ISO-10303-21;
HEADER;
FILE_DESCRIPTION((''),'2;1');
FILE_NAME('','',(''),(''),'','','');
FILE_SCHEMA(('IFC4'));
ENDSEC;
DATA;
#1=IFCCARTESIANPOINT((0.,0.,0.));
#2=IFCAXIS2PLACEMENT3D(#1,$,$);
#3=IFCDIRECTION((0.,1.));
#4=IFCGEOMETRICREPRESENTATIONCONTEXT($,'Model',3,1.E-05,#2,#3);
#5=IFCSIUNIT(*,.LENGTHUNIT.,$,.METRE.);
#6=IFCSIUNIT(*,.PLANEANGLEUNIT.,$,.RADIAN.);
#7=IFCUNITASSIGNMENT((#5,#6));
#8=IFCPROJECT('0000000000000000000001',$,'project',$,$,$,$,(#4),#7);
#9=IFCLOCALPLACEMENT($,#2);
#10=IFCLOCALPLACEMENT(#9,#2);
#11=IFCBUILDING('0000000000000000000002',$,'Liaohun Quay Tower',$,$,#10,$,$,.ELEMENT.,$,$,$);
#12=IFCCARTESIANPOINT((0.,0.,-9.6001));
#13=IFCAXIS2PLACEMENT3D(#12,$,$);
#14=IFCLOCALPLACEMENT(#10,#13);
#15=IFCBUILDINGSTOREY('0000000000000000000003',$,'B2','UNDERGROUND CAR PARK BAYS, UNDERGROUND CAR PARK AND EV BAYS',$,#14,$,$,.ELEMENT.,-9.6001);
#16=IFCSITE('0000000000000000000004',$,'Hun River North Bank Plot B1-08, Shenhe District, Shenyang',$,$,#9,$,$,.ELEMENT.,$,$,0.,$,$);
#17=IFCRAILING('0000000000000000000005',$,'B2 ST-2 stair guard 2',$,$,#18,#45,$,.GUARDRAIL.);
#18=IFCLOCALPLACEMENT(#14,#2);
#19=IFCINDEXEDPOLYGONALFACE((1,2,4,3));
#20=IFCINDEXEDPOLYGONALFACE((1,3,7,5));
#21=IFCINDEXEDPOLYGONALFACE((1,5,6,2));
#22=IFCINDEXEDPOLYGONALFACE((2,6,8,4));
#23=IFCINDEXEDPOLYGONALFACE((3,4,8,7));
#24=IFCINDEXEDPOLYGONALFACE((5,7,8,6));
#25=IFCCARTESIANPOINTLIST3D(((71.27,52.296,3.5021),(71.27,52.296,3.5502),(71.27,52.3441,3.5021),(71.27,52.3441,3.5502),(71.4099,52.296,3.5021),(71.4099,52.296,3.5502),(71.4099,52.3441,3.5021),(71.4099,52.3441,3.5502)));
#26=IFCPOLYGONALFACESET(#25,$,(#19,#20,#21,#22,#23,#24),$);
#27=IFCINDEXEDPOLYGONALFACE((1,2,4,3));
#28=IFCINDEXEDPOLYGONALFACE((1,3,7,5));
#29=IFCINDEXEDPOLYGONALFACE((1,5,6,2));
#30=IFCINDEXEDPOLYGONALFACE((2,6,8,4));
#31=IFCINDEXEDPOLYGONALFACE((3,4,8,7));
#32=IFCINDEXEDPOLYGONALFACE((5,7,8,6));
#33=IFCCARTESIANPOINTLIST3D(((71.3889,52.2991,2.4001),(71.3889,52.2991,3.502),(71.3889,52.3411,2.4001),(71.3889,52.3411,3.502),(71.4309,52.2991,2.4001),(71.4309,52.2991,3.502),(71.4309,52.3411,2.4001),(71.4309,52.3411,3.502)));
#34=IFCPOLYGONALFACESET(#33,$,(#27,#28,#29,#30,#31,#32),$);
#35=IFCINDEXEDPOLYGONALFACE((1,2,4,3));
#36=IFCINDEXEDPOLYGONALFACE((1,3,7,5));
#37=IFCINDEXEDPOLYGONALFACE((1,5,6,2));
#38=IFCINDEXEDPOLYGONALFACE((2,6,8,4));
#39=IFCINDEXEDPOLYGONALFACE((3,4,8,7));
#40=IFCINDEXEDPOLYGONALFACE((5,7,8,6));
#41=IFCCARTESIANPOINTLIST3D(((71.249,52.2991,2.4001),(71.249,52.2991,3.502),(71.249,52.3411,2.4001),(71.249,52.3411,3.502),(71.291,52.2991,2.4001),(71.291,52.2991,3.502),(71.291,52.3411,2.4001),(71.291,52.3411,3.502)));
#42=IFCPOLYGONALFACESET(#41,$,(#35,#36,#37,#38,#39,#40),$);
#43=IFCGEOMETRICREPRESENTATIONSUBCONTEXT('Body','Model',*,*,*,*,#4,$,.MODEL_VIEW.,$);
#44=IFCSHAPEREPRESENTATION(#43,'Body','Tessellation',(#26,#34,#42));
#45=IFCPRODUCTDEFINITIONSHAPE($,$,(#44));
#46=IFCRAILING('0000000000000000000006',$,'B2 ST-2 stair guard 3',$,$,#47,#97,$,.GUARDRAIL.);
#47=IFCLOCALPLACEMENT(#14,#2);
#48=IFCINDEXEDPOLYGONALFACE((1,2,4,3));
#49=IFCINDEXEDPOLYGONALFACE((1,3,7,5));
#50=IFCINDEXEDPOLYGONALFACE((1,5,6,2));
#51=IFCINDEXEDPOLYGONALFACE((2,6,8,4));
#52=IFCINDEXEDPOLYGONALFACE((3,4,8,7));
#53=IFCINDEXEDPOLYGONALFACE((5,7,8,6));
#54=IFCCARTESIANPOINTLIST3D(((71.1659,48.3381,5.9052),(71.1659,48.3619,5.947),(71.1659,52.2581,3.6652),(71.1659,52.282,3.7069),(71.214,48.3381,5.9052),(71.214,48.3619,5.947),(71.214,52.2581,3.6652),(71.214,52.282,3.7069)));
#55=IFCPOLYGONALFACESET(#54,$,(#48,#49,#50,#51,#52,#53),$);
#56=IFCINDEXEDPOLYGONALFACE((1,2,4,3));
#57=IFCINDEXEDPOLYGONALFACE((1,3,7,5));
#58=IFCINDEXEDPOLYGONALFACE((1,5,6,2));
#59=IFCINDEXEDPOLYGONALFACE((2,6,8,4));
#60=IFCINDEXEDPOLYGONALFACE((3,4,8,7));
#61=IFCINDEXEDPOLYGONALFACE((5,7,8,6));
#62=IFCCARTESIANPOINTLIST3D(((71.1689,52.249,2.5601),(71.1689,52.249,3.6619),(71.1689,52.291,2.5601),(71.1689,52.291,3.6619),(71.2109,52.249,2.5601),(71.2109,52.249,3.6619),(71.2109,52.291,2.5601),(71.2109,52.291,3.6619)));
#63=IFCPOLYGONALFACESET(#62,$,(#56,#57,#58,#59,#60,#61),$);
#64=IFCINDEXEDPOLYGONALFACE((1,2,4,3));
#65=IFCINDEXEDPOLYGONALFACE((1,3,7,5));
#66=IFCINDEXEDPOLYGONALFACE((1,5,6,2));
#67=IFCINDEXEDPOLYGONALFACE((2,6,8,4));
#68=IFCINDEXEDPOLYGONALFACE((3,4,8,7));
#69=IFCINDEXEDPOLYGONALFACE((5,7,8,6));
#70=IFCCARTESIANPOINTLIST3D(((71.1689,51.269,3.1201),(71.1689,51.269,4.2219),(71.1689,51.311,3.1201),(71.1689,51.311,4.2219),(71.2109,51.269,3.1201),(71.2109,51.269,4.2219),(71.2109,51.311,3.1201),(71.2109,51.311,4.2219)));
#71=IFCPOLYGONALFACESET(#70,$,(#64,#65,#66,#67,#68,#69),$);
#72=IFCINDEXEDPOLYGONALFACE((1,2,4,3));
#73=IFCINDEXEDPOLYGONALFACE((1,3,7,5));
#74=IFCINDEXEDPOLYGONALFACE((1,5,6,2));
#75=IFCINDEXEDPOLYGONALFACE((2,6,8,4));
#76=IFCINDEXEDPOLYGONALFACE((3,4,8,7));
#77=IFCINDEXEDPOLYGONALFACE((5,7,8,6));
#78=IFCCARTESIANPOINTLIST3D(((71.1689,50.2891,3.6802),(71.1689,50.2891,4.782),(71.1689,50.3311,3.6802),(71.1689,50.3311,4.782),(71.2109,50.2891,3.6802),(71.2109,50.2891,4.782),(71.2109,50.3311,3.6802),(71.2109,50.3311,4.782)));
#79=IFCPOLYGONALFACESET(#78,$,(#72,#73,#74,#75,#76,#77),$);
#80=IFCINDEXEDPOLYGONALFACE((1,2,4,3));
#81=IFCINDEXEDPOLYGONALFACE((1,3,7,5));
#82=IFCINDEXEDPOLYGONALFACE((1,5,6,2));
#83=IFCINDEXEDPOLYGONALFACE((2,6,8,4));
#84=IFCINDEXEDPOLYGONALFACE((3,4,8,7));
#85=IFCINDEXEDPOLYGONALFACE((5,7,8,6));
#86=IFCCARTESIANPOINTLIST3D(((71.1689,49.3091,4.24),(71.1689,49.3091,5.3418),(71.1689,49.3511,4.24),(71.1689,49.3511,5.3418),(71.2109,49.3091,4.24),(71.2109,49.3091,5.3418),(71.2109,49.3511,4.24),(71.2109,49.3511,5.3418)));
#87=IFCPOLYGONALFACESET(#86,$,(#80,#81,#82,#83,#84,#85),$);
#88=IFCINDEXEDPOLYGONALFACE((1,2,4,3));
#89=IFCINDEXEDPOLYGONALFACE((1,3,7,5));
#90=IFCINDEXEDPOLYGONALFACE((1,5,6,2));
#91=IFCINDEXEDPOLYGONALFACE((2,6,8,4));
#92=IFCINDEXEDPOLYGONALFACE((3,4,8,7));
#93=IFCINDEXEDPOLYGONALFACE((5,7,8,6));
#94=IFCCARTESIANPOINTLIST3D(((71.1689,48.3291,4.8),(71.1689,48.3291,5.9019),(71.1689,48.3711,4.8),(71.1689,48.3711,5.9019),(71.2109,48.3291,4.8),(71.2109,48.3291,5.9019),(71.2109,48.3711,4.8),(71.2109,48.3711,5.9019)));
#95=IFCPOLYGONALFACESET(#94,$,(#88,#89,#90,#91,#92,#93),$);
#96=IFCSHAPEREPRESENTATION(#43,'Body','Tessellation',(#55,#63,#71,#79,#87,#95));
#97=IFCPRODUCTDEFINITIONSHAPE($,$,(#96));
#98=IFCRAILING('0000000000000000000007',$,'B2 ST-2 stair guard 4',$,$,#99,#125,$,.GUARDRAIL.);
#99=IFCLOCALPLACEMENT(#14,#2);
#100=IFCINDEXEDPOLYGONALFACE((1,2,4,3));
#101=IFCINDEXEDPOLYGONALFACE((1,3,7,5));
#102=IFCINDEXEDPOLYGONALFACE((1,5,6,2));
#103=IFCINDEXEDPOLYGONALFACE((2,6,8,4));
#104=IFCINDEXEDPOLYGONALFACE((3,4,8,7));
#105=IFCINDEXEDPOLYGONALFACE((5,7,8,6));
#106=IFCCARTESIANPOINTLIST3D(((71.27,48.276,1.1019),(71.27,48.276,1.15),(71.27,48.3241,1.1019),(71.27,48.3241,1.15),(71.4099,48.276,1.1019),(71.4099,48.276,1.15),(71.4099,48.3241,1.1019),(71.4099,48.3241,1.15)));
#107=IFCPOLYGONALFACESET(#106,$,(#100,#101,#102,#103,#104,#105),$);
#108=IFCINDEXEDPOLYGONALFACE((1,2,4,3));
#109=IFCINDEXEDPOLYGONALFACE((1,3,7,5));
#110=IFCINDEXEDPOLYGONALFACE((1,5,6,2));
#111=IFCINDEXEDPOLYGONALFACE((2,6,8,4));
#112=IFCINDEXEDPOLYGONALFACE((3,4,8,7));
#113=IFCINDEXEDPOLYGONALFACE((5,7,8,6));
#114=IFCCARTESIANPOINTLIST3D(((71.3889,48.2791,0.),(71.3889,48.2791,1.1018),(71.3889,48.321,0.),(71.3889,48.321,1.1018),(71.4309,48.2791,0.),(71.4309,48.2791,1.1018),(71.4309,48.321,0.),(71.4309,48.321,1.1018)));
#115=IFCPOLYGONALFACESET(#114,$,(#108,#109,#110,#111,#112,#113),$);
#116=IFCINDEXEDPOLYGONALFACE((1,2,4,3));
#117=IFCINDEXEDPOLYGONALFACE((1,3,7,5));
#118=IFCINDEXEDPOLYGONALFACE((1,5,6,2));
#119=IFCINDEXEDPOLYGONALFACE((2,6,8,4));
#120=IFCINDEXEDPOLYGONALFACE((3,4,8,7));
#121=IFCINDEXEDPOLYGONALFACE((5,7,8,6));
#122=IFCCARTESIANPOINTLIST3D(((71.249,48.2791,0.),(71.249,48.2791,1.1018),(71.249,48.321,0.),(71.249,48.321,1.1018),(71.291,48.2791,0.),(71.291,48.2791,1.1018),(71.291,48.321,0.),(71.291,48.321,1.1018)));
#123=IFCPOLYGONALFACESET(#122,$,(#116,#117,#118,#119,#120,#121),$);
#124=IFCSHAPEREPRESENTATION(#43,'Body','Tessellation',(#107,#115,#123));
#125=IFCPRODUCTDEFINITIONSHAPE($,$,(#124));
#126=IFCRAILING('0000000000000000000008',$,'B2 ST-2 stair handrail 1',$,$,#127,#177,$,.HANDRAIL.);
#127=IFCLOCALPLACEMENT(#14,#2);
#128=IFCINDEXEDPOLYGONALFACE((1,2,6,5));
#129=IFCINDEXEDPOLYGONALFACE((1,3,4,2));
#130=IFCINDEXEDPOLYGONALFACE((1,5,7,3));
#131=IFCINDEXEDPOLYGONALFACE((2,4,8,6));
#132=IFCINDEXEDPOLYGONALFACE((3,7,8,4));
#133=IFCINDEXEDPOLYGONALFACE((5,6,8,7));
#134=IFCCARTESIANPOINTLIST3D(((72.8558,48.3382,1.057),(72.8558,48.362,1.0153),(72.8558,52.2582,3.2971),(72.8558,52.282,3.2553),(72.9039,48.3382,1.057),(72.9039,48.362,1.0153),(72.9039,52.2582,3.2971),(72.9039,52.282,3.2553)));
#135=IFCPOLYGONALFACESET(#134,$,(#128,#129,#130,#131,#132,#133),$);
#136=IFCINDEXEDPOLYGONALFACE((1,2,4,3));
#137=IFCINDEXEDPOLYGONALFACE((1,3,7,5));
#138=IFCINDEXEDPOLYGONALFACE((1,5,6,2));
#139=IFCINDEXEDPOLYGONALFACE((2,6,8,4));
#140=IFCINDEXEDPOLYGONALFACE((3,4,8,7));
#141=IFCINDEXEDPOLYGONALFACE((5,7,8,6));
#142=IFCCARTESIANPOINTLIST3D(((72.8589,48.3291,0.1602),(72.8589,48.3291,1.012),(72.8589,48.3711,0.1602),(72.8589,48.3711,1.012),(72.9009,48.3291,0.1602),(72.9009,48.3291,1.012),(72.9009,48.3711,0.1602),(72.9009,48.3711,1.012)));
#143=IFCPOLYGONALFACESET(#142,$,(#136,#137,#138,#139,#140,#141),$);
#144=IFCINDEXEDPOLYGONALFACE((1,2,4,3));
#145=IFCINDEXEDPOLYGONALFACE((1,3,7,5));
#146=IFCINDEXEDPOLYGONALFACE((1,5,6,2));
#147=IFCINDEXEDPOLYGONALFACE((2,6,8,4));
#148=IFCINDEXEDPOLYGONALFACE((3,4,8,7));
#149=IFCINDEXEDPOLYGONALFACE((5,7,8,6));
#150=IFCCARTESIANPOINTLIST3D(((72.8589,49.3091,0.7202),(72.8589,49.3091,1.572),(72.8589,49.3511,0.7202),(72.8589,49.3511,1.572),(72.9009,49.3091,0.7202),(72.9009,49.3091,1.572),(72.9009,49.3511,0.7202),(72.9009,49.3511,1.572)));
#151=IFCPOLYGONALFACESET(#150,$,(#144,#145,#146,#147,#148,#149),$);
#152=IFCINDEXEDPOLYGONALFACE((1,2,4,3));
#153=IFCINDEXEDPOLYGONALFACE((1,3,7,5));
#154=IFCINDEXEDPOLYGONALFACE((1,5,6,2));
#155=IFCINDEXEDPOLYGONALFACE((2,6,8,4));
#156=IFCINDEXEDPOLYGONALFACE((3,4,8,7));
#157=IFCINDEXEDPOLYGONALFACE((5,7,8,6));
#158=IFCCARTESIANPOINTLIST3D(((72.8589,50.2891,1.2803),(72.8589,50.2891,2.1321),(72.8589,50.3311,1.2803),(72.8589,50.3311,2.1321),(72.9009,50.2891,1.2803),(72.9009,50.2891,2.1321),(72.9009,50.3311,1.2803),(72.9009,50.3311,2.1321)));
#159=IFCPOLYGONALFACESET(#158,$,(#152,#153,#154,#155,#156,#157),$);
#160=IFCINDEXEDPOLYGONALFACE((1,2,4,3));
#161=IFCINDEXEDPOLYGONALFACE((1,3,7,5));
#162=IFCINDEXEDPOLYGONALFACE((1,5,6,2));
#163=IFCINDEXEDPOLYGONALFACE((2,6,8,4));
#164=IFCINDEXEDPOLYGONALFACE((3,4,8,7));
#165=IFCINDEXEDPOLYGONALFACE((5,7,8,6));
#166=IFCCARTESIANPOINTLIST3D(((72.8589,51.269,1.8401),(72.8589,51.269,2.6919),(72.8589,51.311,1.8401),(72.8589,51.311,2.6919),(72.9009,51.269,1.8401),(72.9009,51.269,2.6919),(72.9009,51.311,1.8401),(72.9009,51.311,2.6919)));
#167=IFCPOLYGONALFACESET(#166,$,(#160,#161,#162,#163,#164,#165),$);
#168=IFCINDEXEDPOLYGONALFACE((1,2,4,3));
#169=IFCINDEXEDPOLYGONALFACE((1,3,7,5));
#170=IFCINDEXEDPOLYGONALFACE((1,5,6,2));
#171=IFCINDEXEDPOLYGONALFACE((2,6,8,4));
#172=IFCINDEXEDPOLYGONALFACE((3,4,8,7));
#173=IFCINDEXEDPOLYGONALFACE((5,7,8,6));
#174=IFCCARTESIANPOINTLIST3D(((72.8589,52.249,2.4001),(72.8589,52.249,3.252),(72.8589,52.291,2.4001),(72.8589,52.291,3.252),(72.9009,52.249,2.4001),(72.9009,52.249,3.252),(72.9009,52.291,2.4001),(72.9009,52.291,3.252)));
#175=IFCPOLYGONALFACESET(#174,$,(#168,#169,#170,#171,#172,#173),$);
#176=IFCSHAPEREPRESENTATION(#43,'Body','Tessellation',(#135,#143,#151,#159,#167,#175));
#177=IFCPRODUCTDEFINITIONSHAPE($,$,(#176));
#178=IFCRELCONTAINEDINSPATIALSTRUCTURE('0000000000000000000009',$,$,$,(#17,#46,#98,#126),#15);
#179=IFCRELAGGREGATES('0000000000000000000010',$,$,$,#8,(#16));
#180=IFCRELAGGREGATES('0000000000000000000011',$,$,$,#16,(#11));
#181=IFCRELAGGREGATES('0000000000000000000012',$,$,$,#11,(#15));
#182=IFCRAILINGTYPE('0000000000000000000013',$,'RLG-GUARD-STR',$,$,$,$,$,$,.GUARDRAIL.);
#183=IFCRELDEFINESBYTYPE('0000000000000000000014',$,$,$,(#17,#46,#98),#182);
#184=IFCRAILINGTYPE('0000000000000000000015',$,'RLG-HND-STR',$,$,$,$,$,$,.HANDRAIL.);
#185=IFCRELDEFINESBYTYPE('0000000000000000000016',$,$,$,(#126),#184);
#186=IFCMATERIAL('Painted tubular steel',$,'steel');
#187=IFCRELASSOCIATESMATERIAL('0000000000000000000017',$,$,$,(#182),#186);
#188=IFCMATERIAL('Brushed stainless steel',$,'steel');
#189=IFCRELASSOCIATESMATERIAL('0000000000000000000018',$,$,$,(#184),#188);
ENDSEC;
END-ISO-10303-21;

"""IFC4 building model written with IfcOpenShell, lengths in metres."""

from ifc_helpers import new_model, si_unit, direction, frame, origin, origin_2d, place, context, subcontext, project, spatial, rectangle, extrude, material, type_object, element, save


model = new_model("IFC4")

# Units and contexts
model_context = context("Model", 3, precision=1e-05, world=origin(), true_north=direction((0.0, 1.0)))
body_context = subcontext(model_context, "Body", "Model", "MODEL_VIEW")
ifc_project = project(units=[si_unit("LENGTHUNIT", "METRE"), si_unit("PLANEANGLEUNIT", "RADIAN")], contexts=[model_context])

# Site, building, storey
site_placement = place(None, origin())
site = spatial("IfcSite", under=ifc_project, at=site_placement, Name="Hun River North Bank Plot B1-08, Shenhe District, Shenyang", CompositionType="ELEMENT", RefElevation=0.0)
building_placement = place(site_placement, origin())
building = spatial("IfcBuilding", under=site, at=building_placement, Name="Liaohun Quay Tower", CompositionType="ELEMENT")
storey_placement = place(building_placement, frame((0.0, 0.0, -9.6001)))
storey = spatial("IfcBuildingStorey", under=building, at=storey_placement, Name="B2", Description="UNDERGROUND CAR PARK BAYS, UNDERGROUND CAR PARK AND EV BAYS", CompositionType="ELEMENT", Elevation=-9.6001)

# Railings
ifc_material_1 = material(Name="Painted tubular steel", Category="steel")
railing_type_1 = type_object("IfcRailingType", Name="RLG-GUARD-STR", PredefinedType="GUARDRAIL", material=ifc_material_1)
railing_1_placement = place(storey_placement, frame((71.4099, 52.3201, 2.4001)))
element("IfcRailing", 1, at=railing_1_placement, inside=storey, type_object=railing_type_1, Name="B2 ST-2 stair guard 2", PredefinedType="GUARDRAIL", context=body_context, shape_type="SweptSolid", body=[
    extrude(rectangle(XDim=0.0481, YDim=0.0481, at=origin_2d()), frame((0.0, 0.0, 1.126), z_axis=(-1.0, 0.0, 0.0), x_axis=(0.0, -1.0, 0.0)), (0.0, 0.0, 1.0), 0.1399),
    extrude(rectangle(XDim=0.042, YDim=0.042, at=origin_2d()), origin(), (0.0, 0.0, 1.0), 1.1018),
    extrude(rectangle(XDim=0.042, YDim=0.042, at=origin_2d()), frame((-0.1399, 0.0, 0.0)), (0.0, 0.0, 1.0), 1.1018),
])
railing_2_placement = place(storey_placement, frame((71.1899, 52.27, 2.5601)))
element("IfcRailing", 2, at=railing_2_placement, inside=storey, type_object=railing_type_1, Name="B2 ST-2 stair guard 3", PredefinedType="GUARDRAIL", context=body_context, shape_type="SweptSolid", body=[
    extrude(rectangle(XDim=0.0481, YDim=0.0481, at=origin_2d()), frame((0.0, 0.0, 1.126), z_axis=(0.0, -0.86824, 0.496145), x_axis=(1.0, 0.0, 0.0)), (0.0, 0.0, 1.0), 4.5149),
    extrude(rectangle(XDim=0.042, YDim=0.042, at=origin_2d()), origin(), (0.0, 0.0, 1.0), 1.1018),
    extrude(rectangle(XDim=0.042, YDim=0.042, at=origin_2d()), frame((0.0, -0.98, 0.5601)), (0.0, 0.0, 1.0), 1.1018),
    extrude(rectangle(XDim=0.042, YDim=0.042, at=origin_2d()), frame((0.0, -1.96, 1.1201)), (0.0, 0.0, 1.0), 1.1018),
    extrude(rectangle(XDim=0.042, YDim=0.042, at=origin_2d()), frame((0.0, -2.9399, 1.6799)), (0.0, 0.0, 1.0), 1.1018),
    extrude(rectangle(XDim=0.042, YDim=0.042, at=origin_2d()), frame((0.0, -3.9199, 2.24)), (0.0, 0.0, 1.0), 1.1018),
])
railing_3_placement = place(storey_placement, frame((71.4099, 48.3, 0.0)))
element("IfcRailing", 3, at=railing_3_placement, inside=storey, type_object=railing_type_1, Name="B2 ST-2 stair guard 4", PredefinedType="GUARDRAIL", context=body_context, shape_type="SweptSolid", body=[
    extrude(rectangle(XDim=0.0481, YDim=0.0481, at=origin_2d()), frame((0.0, 0.0, 1.126), z_axis=(-1.0, 0.0, 0.0), x_axis=(0.0, -1.0, 0.0)), (0.0, 0.0, 1.0), 0.1399),
    extrude(rectangle(XDim=0.042, YDim=0.042, at=origin_2d()), origin(), (0.0, 0.0, 1.0), 1.1018),
    extrude(rectangle(XDim=0.042, YDim=0.042, at=origin_2d()), frame((-0.1399, 0.0, 0.0)), (0.0, 0.0, 1.0), 1.1018),
])
ifc_material_2 = material(Name="Brushed stainless steel", Category="steel")
railing_type_2 = type_object("IfcRailingType", Name="RLG-HND-STR", PredefinedType="HANDRAIL", material=ifc_material_2)
railing_4_placement = place(storey_placement, frame((72.8799, 48.3501, 0.1602)))
element("IfcRailing", 4, at=railing_4_placement, inside=storey, type_object=railing_type_2, Name="B2 ST-2 stair handrail 1", PredefinedType="HANDRAIL", context=body_context, shape_type="SweptSolid", body=[
    extrude(rectangle(XDim=0.0481, YDim=0.0481, at=origin_2d()), frame((0.0, 0.0, 0.876), z_axis=(0.0, 0.86824, 0.496145), x_axis=(-1.0, 0.0, 0.0)), (0.0, 0.0, 1.0), 4.5149),
    extrude(rectangle(XDim=0.042, YDim=0.042, at=origin_2d()), origin(), (0.0, 0.0, 1.0), 0.8518),
    extrude(rectangle(XDim=0.042, YDim=0.042, at=origin_2d()), frame((0.0, 0.98, 0.5601)), (0.0, 0.0, 1.0), 0.8518),
    extrude(rectangle(XDim=0.042, YDim=0.042, at=origin_2d()), frame((0.0, 1.96, 1.1201)), (0.0, 0.0, 1.0), 0.8518),
    extrude(rectangle(XDim=0.042, YDim=0.042, at=origin_2d()), frame((0.0, 2.9399, 1.6799)), (0.0, 0.0, 1.0), 0.8518),
    extrude(rectangle(XDim=0.042, YDim=0.042, at=origin_2d()), frame((0.0, 3.9199, 2.24)), (0.0, 0.0, 1.0), 0.8518),
])

save(model, "model.ifc")
